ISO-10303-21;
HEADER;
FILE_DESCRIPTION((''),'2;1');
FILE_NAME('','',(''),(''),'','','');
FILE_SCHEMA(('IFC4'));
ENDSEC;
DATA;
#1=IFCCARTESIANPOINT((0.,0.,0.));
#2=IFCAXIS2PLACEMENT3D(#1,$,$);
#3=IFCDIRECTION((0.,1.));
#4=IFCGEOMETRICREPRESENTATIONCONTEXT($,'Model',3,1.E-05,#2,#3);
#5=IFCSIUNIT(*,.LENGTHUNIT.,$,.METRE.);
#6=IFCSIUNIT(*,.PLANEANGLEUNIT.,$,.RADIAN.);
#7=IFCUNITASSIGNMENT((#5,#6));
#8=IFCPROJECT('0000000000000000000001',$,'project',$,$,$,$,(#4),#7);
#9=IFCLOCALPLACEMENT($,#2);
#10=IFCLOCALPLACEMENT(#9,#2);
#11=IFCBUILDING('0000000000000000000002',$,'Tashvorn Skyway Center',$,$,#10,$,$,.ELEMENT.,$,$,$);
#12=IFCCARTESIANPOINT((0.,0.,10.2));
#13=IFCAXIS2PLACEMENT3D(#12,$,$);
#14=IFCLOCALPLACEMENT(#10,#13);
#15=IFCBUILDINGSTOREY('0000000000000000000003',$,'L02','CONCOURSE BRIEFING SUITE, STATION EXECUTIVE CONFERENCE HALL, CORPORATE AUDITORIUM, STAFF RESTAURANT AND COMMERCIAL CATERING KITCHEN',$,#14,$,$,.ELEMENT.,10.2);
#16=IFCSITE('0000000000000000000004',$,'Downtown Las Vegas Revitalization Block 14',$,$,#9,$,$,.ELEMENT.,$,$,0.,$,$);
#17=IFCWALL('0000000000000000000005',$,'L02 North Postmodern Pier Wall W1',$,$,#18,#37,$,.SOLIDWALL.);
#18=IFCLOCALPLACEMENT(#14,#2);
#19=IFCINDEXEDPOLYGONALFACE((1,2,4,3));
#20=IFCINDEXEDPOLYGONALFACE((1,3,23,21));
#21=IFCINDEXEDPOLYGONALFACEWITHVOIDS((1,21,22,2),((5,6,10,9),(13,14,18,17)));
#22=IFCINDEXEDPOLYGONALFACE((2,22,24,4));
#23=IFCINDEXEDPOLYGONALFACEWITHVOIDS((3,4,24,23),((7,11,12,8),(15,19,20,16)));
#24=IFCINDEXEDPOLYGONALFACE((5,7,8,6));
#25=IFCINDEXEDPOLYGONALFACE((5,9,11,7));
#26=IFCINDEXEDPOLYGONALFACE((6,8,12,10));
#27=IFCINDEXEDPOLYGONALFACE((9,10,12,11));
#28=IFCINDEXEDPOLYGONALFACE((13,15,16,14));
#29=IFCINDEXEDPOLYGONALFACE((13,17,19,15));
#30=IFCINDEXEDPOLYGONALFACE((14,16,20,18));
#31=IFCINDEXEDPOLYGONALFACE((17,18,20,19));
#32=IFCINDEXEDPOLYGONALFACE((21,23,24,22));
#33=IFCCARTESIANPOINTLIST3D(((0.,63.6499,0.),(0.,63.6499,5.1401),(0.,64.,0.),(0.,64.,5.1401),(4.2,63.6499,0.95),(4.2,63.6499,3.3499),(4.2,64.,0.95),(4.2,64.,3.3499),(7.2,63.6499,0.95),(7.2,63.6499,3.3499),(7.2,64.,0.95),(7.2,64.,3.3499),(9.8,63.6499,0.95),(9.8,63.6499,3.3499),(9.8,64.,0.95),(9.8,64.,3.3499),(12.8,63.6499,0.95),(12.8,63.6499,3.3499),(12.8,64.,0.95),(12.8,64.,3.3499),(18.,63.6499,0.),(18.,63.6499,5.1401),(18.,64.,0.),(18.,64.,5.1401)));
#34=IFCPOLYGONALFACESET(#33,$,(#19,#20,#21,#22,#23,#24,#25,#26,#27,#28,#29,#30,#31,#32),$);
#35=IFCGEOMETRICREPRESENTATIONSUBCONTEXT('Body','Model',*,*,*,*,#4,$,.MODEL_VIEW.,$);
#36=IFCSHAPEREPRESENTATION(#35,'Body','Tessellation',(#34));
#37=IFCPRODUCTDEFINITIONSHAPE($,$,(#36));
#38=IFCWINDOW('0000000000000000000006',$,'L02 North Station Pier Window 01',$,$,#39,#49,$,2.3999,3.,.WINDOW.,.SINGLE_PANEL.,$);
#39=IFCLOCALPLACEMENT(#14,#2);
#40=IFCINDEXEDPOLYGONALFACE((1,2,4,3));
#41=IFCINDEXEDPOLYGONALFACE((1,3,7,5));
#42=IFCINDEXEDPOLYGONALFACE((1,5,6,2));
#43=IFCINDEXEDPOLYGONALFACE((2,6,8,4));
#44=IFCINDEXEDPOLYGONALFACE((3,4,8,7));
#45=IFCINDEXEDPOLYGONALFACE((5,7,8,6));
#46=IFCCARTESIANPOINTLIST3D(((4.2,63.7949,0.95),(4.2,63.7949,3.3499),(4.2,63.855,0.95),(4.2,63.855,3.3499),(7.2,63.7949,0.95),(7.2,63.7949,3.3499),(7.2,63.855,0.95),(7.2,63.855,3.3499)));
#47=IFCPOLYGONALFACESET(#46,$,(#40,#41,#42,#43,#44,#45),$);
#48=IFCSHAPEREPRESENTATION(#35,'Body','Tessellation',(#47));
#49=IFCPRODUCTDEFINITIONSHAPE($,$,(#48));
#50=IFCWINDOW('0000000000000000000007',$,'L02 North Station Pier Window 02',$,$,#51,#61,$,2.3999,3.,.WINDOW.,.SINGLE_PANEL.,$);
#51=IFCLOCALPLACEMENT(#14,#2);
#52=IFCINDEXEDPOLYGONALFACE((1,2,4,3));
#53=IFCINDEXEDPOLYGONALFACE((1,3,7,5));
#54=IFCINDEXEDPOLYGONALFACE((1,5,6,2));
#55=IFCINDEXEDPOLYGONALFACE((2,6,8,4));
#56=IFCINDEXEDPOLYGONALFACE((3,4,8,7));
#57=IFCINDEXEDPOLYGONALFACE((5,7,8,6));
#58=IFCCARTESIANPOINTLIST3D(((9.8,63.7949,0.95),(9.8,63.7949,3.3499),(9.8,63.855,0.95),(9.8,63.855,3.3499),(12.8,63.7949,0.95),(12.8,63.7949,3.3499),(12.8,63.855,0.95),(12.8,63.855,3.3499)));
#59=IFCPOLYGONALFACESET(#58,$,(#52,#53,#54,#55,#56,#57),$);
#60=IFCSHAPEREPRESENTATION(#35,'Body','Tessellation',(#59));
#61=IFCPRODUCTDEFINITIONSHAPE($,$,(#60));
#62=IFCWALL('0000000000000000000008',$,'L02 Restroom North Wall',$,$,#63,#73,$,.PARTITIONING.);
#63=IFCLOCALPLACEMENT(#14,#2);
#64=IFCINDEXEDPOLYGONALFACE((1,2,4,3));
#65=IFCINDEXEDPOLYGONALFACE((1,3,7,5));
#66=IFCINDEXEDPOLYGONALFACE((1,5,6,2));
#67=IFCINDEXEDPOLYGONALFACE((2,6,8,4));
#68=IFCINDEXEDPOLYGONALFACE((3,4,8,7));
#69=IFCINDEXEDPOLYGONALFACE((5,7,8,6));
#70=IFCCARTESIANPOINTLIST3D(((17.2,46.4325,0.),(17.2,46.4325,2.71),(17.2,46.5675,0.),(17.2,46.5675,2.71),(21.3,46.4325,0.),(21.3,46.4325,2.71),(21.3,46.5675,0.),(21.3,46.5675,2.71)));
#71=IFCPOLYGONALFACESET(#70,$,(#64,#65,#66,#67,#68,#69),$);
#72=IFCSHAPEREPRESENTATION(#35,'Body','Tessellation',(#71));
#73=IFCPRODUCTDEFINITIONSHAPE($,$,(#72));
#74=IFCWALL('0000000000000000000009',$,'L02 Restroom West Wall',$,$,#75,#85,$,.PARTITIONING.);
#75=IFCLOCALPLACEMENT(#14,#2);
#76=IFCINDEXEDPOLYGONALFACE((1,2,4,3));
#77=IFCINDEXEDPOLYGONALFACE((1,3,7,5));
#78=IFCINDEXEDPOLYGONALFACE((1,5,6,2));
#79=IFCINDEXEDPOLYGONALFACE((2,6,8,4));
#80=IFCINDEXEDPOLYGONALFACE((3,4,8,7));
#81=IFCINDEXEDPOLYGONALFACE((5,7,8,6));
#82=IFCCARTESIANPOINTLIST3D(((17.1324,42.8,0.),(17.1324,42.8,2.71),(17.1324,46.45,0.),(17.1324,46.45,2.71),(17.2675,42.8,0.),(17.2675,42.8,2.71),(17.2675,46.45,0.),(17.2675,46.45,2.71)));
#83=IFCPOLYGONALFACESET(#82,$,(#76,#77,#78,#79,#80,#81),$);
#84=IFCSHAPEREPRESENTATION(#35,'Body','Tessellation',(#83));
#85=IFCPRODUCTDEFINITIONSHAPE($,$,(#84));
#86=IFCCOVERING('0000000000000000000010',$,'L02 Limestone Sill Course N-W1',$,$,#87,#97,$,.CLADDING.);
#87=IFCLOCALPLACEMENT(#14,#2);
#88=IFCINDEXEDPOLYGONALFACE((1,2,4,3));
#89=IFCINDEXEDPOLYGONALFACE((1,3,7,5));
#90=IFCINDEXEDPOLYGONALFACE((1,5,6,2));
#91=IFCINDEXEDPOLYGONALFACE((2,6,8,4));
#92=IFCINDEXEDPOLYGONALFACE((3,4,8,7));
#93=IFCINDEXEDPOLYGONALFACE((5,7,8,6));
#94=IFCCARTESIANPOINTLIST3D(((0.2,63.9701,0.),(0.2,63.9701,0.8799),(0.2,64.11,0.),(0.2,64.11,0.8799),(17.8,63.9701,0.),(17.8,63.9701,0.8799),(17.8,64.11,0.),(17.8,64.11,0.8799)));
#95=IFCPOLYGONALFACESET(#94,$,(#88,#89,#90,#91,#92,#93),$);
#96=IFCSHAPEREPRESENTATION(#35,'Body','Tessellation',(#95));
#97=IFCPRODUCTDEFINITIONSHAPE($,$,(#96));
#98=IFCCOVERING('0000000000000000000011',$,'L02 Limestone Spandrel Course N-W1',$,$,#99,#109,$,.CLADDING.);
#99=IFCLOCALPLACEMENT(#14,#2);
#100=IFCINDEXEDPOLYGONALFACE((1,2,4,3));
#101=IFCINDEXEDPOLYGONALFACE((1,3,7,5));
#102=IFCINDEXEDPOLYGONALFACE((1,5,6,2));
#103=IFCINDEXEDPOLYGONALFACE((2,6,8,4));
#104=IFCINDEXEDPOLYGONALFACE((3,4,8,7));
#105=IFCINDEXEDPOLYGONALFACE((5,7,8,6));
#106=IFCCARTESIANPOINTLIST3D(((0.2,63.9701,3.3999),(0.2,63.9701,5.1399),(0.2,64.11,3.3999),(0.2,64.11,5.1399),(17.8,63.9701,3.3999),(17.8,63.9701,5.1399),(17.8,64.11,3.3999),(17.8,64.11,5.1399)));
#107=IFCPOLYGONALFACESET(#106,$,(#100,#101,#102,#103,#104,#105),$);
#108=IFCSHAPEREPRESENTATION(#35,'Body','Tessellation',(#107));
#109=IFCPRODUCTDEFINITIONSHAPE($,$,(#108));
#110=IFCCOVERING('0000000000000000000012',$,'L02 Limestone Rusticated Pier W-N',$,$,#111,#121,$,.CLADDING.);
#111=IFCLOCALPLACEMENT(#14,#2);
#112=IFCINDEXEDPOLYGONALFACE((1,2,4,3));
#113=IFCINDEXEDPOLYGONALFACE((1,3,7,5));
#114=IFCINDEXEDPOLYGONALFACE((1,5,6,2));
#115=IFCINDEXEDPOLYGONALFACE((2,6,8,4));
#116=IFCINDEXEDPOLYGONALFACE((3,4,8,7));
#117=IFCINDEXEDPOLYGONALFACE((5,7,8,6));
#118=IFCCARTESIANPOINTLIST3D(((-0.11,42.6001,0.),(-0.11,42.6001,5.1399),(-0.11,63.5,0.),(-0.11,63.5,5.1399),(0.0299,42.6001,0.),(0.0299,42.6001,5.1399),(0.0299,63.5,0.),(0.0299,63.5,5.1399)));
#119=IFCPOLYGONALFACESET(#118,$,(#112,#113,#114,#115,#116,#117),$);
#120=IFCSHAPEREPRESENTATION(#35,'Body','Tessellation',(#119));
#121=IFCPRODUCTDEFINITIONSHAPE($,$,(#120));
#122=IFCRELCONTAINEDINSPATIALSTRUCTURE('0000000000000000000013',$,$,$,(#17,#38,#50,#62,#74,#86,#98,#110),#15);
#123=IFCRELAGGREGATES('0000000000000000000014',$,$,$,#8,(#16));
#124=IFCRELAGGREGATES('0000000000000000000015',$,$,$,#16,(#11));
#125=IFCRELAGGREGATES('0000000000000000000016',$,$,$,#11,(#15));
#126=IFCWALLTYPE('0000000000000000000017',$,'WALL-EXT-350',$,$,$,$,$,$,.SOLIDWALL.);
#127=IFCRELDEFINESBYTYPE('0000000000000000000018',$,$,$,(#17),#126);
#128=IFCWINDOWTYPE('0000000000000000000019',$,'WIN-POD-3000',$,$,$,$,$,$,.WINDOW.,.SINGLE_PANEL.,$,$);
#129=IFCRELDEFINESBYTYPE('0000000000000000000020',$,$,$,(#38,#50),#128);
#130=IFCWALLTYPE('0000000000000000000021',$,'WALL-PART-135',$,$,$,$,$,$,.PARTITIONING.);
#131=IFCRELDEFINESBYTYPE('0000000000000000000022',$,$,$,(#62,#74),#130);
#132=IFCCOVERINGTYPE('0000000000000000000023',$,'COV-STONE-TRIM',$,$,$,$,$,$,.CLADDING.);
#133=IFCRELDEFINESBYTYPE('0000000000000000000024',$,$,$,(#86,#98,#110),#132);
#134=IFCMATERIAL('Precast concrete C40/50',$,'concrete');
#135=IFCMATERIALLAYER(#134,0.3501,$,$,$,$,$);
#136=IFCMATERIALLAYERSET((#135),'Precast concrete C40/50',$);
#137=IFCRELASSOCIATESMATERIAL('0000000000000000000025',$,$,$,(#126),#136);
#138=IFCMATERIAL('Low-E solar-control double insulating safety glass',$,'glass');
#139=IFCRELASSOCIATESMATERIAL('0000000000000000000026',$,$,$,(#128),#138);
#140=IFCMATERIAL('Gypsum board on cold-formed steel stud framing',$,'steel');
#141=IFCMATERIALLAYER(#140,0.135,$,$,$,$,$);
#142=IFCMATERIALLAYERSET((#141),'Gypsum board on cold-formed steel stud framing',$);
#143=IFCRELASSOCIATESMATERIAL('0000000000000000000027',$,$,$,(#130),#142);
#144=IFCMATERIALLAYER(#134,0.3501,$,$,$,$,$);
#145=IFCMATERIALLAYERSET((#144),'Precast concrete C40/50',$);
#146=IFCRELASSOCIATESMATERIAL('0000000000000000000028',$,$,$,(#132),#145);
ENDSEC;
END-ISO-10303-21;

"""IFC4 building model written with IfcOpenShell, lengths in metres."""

from ifc_helpers import new_model, si_unit, direction, frame, frame_2d, origin, origin_2d, place, context, subcontext, project, spatial, rectangle, extrude, material, layer, layer_set, type_object, element, fill, save


model = new_model("IFC4")

# Units and contexts
model_context = context("Model", 3, precision=1e-05, world=origin(), true_north=direction((0.0, 1.0)))
body_context = subcontext(model_context, "Body", "Model", "MODEL_VIEW")
ifc_project = project(units=[si_unit("LENGTHUNIT", "METRE"), si_unit("PLANEANGLEUNIT", "RADIAN")], contexts=[model_context])

# Site, building, storey
site_placement = place(None, origin())
site = spatial("IfcSite", under=ifc_project, at=site_placement, Name="Downtown Las Vegas Revitalization Block 14", CompositionType="ELEMENT", RefElevation=0.0)
building_placement = place(site_placement, origin())
building = spatial("IfcBuilding", under=site, at=building_placement, Name="Tashvorn Skyway Center", CompositionType="ELEMENT")
storey_placement = place(building_placement, frame((0.0, 0.0, 10.2)))
storey = spatial("IfcBuildingStorey", under=building, at=storey_placement, Name="L02", Description="CONCOURSE BRIEFING SUITE, STATION EXECUTIVE CONFERENCE HALL, CORPORATE AUDITORIUM, STAFF RESTAURANT AND COMMERCIAL CATERING KITCHEN", CompositionType="ELEMENT", Elevation=10.2)

# Shared definitions
ifc_material_1 = material(Name="Precast concrete C40/50", Category="concrete")

# Wall, openings, windows
ifc_layer_1 = layer(ifc_material_1, 0.3501)
ifc_layer_set_1 = layer_set([ifc_layer_1], Name="Precast concrete C40/50")
wall_type_1 = type_object("IfcWallType", Name="WALL-EXT-350", PredefinedType="SOLIDWALL", material=ifc_layer_set_1)
wall_1_placement = place(storey_placement, frame((0.0, 63.825, 0.0), z_axis=(0.0, 0.0, 1.0), x_axis=(1.0, 0.0, 0.0)))
wall_1 = element("IfcWall", 1, at=wall_1_placement, inside=storey, type_object=wall_type_1, Name="L02 North Postmodern Pier Wall W1", PredefinedType="SOLIDWALL", context=body_context, shape_type="SweptSolid", body=[
    extrude(rectangle(XDim=18.0, YDim=0.3501, at=frame_2d((9.0, 0.0))), origin(), (0.0, 0.0, 1.0), 5.1401),
])
opening_1_placement = place(wall_1_placement, frame((4.2, 0.0, 0.95)))
opening_1 = element("IfcOpeningElement", 2, at=opening_1_placement, cuts=wall_1, PredefinedType="OPENING", context=body_context, shape_type="SweptSolid", body=[
    extrude(rectangle(XDim=3.0, YDim=2.3999, at=frame_2d((1.5, 1.2))), frame((0.0, 0.1851, 0.0), z_axis=(0.0, -1.0, 0.0), x_axis=(1.0, 0.0, 0.0)), (0.0, 0.0, 1.0), 0.3701),
])
opening_2_placement = place(wall_1_placement, frame((9.8, 0.0, 0.95)))
opening_2 = element("IfcOpeningElement", 3, at=opening_2_placement, cuts=wall_1, PredefinedType="OPENING", context=body_context, shape_type="SweptSolid", body=[
    extrude(rectangle(XDim=3.0, YDim=2.3999, at=frame_2d((1.5, 1.2))), frame((0.0, 0.1851, 0.0), z_axis=(0.0, -1.0, 0.0), x_axis=(1.0, 0.0, 0.0)), (0.0, 0.0, 1.0), 0.3701),
])
ifc_material_2 = material(Name="Low-E solar-control double insulating safety glass", Category="glass")
window_type = type_object("IfcWindowType", Name="WIN-POD-3000", PartitioningType="SINGLE_PANEL", PredefinedType="WINDOW", material=ifc_material_2)
window_1_placement = place(opening_1_placement, origin())
window_1 = element("IfcWindow", 4, at=window_1_placement, inside=storey, type_object=window_type, Name="L02 North Station Pier Window 01", OverallHeight=2.3999, OverallWidth=3.0, PartitioningType="SINGLE_PANEL", PredefinedType="WINDOW", context=body_context, shape_type="SweptSolid", body=[
    extrude(rectangle(XDim=3.0, YDim=2.3999, at=frame_2d((1.5, 1.2))), frame((0.0, 0.03, 0.0), z_axis=(0.0, -1.0, 0.0), x_axis=(1.0, 0.0, 0.0)), (0.0, 0.0, 1.0), 0.0601),
])
fill(opening_1, window_1)
window_2_placement = place(opening_2_placement, origin())
window_2 = element("IfcWindow", 5, at=window_2_placement, inside=storey, type_object=window_type, Name="L02 North Station Pier Window 02", OverallHeight=2.3999, OverallWidth=3.0, PartitioningType="SINGLE_PANEL", PredefinedType="WINDOW", context=body_context, shape_type="SweptSolid", body=[
    extrude(rectangle(XDim=3.0, YDim=2.3999, at=frame_2d((1.5, 1.2))), frame((0.0, 0.03, 0.0), z_axis=(0.0, -1.0, 0.0), x_axis=(1.0, 0.0, 0.0)), (0.0, 0.0, 1.0), 0.0601),
])
fill(opening_2, window_2)

# Walls
ifc_material_3 = material(Name="Gypsum board on cold-formed steel stud framing", Category="steel")
ifc_layer_2 = layer(ifc_material_3, 0.135)
ifc_layer_set_2 = layer_set([ifc_layer_2], Name="Gypsum board on cold-formed steel stud framing")
wall_type_2 = type_object("IfcWallType", Name="WALL-PART-135", PredefinedType="PARTITIONING", material=ifc_layer_set_2)
wall_2_placement = place(storey_placement, frame((17.2, 46.5, 0.0), z_axis=(0.0, 0.0, 1.0), x_axis=(1.0, 0.0, 0.0)))
element("IfcWall", 6, at=wall_2_placement, inside=storey, type_object=wall_type_2, Name="L02 Restroom North Wall", PredefinedType="PARTITIONING", context=body_context, shape_type="SweptSolid", body=[
    extrude(rectangle(XDim=4.1001, YDim=0.135, at=frame_2d((2.05, 0.0))), origin(), (0.0, 0.0, 1.0), 2.71),
])
wall_3_placement = place(storey_placement, frame((17.2, 42.8, 0.0), z_axis=(0.0, 0.0, 1.0), x_axis=(0.0, 1.0, 0.0)))
element("IfcWall", 7, at=wall_3_placement, inside=storey, type_object=wall_type_2, Name="L02 Restroom West Wall", PredefinedType="PARTITIONING", context=body_context, shape_type="SweptSolid", body=[
    extrude(rectangle(XDim=3.6499, YDim=0.135, at=frame_2d((1.825, 0.0))), origin(), (0.0, 0.0, 1.0), 2.71),
])

# Coverings
ifc_layer_3 = layer(ifc_material_1, 0.3501)
ifc_layer_set_3 = layer_set([ifc_layer_3], Name="Precast concrete C40/50")
covering_type = type_object("IfcCoveringType", Name="COV-STONE-TRIM", PredefinedType="CLADDING", material=ifc_layer_set_3)
covering_1_placement = place(storey_placement, frame((9.0, 64.04, 0.0), z_axis=(0.0, 0.0, 1.0), x_axis=(1.0, 0.0, 0.0)))
element("IfcCovering", 8, at=covering_1_placement, inside=storey, type_object=covering_type, Name="L02 Limestone Sill Course N-W1", PredefinedType="CLADDING", context=body_context, shape_type="SweptSolid", body=[
    extrude(rectangle(XDim=17.6001, YDim=0.1399, at=origin_2d()), origin(), (0.0, 0.0, 1.0), 0.8799),
])
covering_2_placement = place(storey_placement, frame((9.0, 64.04, 3.3999), z_axis=(0.0, 0.0, 1.0), x_axis=(1.0, 0.0, 0.0)))
element("IfcCovering", 9, at=covering_2_placement, inside=storey, type_object=covering_type, Name="L02 Limestone Spandrel Course N-W1", PredefinedType="CLADDING", context=body_context, shape_type="SweptSolid", body=[
    extrude(rectangle(XDim=17.6001, YDim=0.1399, at=origin_2d()), origin(), (0.0, 0.0, 1.0), 1.74),
])
covering_3_placement = place(storey_placement, frame((-0.04, 53.05, 0.0), z_axis=(0.0, 0.0, 1.0), x_axis=(1.0, 0.0, 0.0)))
element("IfcCovering", 10, at=covering_3_placement, inside=storey, type_object=covering_type, Name="L02 Limestone Rusticated Pier W-N", PredefinedType="CLADDING", context=body_context, shape_type="SweptSolid", body=[
    extrude(rectangle(XDim=0.1399, YDim=20.8999, at=origin_2d()), origin(), (0.0, 0.0, 1.0), 5.1399),
])

save(model, "model.ifc")
